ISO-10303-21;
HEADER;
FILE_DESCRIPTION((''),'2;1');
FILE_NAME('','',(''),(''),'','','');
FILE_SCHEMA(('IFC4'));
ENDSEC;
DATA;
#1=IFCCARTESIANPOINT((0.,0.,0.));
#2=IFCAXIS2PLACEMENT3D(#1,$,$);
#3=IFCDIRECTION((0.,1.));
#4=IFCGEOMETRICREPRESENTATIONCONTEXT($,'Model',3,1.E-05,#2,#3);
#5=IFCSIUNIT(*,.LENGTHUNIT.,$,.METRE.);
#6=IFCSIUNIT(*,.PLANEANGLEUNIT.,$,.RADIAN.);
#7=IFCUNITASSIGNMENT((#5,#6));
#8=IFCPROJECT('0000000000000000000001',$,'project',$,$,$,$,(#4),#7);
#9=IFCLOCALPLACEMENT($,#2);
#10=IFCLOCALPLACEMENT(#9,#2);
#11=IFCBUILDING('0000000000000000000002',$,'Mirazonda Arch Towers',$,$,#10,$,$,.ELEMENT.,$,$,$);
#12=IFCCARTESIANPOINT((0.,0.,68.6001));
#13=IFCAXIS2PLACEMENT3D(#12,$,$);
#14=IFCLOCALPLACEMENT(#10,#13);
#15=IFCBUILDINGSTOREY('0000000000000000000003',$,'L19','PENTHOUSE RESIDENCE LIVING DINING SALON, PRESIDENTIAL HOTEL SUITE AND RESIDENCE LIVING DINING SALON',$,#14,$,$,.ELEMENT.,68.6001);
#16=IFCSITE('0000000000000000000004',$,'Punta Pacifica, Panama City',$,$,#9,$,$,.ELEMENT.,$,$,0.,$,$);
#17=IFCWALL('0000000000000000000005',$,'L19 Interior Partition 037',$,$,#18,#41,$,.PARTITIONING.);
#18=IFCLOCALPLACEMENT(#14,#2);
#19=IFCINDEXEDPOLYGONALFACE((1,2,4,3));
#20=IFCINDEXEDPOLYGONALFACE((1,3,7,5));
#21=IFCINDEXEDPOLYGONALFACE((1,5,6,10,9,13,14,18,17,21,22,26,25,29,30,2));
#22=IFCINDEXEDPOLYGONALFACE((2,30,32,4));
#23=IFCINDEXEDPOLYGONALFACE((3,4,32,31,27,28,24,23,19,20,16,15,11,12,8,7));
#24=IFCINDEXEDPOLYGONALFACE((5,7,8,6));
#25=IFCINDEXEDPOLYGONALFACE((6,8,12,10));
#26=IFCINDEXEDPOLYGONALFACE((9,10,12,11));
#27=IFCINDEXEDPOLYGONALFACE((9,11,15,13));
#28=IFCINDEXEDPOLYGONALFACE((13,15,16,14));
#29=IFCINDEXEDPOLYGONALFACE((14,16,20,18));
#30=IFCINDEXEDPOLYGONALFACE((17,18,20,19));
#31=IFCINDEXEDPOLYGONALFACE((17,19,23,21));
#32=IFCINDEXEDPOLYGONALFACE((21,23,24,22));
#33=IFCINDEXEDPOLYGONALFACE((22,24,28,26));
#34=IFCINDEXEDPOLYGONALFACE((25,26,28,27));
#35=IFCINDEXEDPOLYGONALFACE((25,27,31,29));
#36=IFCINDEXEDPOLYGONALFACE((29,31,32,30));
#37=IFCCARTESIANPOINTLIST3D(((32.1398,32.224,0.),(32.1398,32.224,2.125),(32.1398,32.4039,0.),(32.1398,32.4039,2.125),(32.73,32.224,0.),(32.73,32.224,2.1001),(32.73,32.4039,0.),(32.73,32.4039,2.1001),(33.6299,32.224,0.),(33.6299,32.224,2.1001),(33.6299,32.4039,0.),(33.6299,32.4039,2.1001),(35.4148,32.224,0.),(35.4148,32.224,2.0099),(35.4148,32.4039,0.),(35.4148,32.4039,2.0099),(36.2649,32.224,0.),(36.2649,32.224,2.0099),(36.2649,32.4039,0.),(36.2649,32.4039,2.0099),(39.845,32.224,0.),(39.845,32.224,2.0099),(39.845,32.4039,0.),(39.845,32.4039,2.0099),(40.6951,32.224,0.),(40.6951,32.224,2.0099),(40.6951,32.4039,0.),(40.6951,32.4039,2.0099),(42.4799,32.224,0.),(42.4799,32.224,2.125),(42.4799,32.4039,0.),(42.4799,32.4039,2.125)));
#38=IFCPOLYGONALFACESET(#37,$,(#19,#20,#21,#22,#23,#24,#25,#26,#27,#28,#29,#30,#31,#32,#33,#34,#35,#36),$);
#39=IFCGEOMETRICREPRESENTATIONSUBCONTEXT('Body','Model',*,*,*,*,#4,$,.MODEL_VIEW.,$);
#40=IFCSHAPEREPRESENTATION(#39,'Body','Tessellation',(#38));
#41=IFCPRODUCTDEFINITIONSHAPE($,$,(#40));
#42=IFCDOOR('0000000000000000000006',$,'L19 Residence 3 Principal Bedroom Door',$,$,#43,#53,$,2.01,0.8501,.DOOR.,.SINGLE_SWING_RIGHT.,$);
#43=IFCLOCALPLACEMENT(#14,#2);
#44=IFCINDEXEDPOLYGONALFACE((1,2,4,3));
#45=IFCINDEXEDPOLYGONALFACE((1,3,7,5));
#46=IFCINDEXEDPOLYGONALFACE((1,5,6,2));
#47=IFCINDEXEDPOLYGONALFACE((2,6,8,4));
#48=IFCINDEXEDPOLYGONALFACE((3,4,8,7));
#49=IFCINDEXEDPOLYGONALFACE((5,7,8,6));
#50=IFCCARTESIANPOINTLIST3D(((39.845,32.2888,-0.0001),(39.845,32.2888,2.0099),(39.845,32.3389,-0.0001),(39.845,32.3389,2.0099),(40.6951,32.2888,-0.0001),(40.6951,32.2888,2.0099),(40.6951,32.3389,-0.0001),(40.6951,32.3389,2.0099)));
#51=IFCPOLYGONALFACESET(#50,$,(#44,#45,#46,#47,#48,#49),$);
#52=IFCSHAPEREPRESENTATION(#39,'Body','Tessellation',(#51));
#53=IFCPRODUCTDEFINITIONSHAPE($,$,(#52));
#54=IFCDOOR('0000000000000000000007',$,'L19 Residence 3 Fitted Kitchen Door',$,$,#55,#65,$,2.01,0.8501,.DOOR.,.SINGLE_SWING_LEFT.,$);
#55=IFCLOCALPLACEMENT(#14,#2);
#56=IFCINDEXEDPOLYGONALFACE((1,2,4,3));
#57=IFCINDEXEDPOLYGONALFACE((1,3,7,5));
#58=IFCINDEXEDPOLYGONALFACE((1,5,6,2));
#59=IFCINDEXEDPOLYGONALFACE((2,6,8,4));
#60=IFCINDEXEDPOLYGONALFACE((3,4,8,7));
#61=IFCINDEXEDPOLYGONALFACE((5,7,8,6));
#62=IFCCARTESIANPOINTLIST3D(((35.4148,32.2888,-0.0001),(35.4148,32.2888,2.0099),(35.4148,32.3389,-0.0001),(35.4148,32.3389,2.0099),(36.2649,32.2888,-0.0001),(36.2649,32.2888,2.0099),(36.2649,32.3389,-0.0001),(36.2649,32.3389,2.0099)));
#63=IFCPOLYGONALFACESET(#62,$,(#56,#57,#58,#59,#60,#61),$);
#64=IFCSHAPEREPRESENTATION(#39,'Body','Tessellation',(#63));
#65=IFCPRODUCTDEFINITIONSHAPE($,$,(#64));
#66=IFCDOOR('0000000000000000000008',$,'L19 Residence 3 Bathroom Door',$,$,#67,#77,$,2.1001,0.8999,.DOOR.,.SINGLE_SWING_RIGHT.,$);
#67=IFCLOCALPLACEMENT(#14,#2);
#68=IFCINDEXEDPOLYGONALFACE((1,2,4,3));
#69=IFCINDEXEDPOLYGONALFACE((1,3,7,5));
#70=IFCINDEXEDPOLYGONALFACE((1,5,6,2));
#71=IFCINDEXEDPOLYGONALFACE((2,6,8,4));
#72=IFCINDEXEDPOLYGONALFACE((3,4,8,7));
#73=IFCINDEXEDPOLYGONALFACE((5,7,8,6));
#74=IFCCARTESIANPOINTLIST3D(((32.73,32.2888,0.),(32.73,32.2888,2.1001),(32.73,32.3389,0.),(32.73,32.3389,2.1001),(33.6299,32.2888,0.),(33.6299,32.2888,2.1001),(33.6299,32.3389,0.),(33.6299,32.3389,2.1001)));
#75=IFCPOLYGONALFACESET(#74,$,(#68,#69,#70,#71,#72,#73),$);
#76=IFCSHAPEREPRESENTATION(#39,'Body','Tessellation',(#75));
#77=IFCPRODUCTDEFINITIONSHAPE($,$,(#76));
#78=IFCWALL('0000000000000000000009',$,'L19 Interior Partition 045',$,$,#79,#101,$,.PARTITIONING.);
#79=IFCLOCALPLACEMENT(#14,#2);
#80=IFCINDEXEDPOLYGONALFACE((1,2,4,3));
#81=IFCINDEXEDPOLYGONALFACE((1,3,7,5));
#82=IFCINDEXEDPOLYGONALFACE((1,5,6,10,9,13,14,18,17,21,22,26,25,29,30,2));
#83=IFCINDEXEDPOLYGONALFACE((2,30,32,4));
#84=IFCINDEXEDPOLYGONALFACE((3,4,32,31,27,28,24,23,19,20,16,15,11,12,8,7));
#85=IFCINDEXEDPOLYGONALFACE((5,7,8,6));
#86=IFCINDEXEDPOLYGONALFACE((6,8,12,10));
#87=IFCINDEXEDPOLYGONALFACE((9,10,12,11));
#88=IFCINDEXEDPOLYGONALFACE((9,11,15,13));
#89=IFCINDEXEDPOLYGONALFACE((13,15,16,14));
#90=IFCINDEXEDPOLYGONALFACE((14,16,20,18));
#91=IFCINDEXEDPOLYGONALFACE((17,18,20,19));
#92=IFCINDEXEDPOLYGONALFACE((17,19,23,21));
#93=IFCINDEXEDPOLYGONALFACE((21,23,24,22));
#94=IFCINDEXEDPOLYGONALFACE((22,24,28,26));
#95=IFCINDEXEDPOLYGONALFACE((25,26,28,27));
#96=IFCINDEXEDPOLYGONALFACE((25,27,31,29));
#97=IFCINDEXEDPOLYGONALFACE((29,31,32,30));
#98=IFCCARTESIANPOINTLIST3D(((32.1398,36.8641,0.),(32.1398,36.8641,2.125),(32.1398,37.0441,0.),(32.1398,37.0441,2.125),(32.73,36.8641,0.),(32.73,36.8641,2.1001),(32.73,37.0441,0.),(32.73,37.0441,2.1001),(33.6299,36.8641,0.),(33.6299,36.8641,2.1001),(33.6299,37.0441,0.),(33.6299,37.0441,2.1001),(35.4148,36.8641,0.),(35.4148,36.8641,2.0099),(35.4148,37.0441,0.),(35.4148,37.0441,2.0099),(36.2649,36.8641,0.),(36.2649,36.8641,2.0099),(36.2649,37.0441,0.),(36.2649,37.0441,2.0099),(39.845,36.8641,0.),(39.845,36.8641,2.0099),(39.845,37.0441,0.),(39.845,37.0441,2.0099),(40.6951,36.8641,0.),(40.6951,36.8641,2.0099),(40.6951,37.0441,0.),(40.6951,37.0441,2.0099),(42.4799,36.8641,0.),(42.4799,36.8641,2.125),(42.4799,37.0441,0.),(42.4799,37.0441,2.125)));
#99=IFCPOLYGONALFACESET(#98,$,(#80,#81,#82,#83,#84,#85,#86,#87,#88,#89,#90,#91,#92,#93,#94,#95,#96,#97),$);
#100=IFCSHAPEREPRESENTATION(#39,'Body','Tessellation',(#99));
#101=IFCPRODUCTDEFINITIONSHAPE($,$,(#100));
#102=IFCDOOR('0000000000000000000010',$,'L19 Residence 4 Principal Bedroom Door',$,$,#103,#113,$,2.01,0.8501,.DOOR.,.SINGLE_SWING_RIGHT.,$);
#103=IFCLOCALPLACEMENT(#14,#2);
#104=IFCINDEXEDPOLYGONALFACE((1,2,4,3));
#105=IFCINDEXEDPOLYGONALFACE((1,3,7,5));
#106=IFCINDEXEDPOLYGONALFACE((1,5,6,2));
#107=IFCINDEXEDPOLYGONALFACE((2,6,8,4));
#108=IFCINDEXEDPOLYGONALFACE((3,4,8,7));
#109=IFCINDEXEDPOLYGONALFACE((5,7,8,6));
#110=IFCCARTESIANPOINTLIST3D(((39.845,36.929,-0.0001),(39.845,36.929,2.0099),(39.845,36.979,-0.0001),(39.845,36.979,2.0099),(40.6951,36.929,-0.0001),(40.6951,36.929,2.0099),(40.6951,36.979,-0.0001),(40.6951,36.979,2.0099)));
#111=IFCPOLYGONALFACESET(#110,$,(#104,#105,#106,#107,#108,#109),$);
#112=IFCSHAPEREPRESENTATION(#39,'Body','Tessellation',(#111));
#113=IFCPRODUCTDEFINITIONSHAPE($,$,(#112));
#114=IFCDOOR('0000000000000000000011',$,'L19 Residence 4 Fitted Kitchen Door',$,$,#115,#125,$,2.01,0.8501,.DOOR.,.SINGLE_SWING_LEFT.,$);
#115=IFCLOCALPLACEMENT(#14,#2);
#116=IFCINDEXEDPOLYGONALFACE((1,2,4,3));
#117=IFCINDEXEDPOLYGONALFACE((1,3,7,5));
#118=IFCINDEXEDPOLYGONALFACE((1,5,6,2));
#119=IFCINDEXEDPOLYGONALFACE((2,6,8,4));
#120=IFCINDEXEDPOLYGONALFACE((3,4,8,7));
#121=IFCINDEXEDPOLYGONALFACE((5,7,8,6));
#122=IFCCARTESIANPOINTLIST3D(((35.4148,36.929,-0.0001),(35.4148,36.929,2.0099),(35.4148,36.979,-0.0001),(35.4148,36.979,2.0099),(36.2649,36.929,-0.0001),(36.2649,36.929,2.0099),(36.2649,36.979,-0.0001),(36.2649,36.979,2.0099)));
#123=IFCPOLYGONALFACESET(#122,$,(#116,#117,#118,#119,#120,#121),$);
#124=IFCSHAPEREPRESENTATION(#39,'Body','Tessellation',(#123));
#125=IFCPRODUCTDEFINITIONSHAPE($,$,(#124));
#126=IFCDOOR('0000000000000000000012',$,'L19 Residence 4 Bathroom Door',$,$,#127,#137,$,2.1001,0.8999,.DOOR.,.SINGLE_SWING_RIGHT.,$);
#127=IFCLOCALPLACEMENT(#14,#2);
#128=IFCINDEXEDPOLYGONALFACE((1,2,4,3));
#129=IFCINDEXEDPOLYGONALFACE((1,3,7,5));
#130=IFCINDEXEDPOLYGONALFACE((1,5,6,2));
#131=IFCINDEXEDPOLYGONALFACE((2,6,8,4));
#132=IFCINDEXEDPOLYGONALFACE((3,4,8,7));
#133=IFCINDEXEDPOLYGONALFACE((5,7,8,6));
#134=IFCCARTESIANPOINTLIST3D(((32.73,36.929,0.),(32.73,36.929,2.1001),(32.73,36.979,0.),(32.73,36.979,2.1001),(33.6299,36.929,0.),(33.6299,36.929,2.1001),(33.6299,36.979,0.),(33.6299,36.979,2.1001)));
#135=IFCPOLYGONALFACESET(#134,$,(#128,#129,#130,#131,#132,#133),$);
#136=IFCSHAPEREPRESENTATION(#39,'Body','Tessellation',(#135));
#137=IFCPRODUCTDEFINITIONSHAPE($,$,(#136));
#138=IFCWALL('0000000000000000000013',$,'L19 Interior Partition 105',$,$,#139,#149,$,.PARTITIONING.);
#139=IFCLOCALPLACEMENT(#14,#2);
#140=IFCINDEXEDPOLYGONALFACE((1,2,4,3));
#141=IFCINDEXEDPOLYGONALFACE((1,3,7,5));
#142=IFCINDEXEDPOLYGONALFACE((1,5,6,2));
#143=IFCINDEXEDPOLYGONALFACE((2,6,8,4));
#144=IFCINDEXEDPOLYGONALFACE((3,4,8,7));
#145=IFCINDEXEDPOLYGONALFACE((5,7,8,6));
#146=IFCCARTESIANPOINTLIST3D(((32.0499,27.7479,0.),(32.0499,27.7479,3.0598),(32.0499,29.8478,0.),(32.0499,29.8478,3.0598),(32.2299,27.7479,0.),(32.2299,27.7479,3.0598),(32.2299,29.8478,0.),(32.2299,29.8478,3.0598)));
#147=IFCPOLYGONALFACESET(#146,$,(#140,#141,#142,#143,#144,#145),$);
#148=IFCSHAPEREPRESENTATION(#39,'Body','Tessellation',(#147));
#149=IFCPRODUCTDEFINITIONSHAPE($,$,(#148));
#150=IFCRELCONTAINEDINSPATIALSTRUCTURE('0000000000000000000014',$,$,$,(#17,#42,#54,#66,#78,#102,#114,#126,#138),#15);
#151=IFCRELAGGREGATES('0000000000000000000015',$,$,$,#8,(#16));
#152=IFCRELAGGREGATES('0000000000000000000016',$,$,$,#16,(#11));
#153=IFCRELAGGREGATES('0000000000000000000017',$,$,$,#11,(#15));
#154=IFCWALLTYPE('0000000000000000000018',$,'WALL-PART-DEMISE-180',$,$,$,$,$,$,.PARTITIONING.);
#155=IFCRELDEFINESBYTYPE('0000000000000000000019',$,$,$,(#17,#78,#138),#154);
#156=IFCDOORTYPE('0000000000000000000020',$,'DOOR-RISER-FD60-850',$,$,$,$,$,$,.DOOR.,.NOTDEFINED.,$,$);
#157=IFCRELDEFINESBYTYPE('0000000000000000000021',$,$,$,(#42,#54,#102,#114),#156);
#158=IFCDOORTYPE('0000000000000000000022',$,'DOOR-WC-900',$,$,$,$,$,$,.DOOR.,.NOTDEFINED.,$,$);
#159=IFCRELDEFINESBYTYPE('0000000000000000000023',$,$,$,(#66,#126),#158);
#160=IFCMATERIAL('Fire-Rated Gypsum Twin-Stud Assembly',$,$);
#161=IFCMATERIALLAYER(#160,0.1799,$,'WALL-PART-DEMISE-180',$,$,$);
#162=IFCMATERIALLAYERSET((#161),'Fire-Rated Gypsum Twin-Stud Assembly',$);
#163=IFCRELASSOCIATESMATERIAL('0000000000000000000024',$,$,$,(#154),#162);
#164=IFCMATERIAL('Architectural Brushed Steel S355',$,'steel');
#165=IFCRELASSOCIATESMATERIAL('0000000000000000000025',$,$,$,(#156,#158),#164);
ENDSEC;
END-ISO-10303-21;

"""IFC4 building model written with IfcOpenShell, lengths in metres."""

from ifc_helpers import new_model, si_unit, direction, frame, frame_2d, origin, place, context, subcontext, project, spatial, rectangle, extrude, material, layer, layer_set, type_object, element, fill, save


model = new_model("IFC4")

# Units and contexts
model_context = context("Model", 3, precision=1e-05, world=origin(), true_north=direction((0.0, 1.0)))
body_context = subcontext(model_context, "Body", "Model", "MODEL_VIEW")
ifc_project = project(units=[si_unit("LENGTHUNIT", "METRE"), si_unit("PLANEANGLEUNIT", "RADIAN")], contexts=[model_context])

# Site, building, storey
site_placement = place(None, origin())
site = spatial("IfcSite", under=ifc_project, at=site_placement, Name="Punta Pacifica, Panama City", CompositionType="ELEMENT", RefElevation=0.0)
building_placement = place(site_placement, origin())
building = spatial("IfcBuilding", under=site, at=building_placement, Name="Mirazonda Arch Towers", CompositionType="ELEMENT")
storey_placement = place(building_placement, frame((0.0, 0.0, 68.6001)))
storey = spatial("IfcBuildingStorey", under=building, at=storey_placement, Name="L19", Description="PENTHOUSE RESIDENCE LIVING DINING SALON, PRESIDENTIAL HOTEL SUITE AND RESIDENCE LIVING DINING SALON", CompositionType="ELEMENT", Elevation=68.6001)

# Shared definitions
ifc_material_1 = material(Name="Fire-Rated Gypsum Twin-Stud Assembly")
ifc_layer_1 = layer(ifc_material_1, 0.1799, Name="WALL-PART-DEMISE-180")
ifc_layer_set_1 = layer_set([ifc_layer_1], Name="Fire-Rated Gypsum Twin-Stud Assembly")
wall_type_1 = type_object("IfcWallType", Name="WALL-PART-DEMISE-180", PredefinedType="PARTITIONING", material=ifc_layer_set_1)
ifc_material_2 = material(Name="Architectural Brushed Steel S355", Category="steel")
door_type_1 = type_object("IfcDoorType", Name="DOOR-RISER-FD60-850", OperationType="NOTDEFINED", PredefinedType="DOOR", material=ifc_material_2)
door_type_2 = type_object("IfcDoorType", Name="DOOR-WC-900", OperationType="NOTDEFINED", PredefinedType="DOOR", material=ifc_material_2)

# Walls, openings, doors
wall_1_placement = place(storey_placement, frame((32.1399, 32.314, 0.0), z_axis=(0.0, 0.0, 1.0), x_axis=(1.0, 0.0, 0.0)))
wall_1 = element("IfcWall", 1, at=wall_1_placement, inside=storey, type_object=wall_type_1, Name="L19 Interior Partition 037", PredefinedType="PARTITIONING", context=body_context, shape_type="SweptSolid", body=[
    extrude(rectangle(XDim=10.3401, YDim=0.1799, at=frame_2d((5.1699, 0.0))), origin(), (0.0, 0.0, 1.0), 2.125),
])
opening_1_placement = place(wall_1_placement, frame((7.7051, 0.0, 0.0)))
opening_1 = element("IfcOpeningElement", 2, at=opening_1_placement, cuts=wall_1, PredefinedType="OPENING", context=body_context, shape_type="SweptSolid", body=[
    extrude(rectangle(XDim=0.8501, YDim=2.01, at=frame_2d((0.425, 1.0049))), frame((0.0, 0.0999, 0.0), z_axis=(0.0, -1.0, 0.0), x_axis=(1.0, 0.0, 0.0)), (0.0, 0.0, 1.0), 0.2),
])
opening_2_placement = place(wall_1_placement, frame((3.2749, 0.0, 0.0)))
opening_2 = element("IfcOpeningElement", 3, at=opening_2_placement, cuts=wall_1, PredefinedType="OPENING", context=body_context, shape_type="SweptSolid", body=[
    extrude(rectangle(XDim=0.8501, YDim=2.01, at=frame_2d((0.425, 1.0049))), frame((0.0, 0.0999, 0.0), z_axis=(0.0, -1.0, 0.0), x_axis=(1.0, 0.0, 0.0)), (0.0, 0.0, 1.0), 0.2),
])
opening_3_placement = place(wall_1_placement, frame((0.5901, 0.0, 0.0)))
opening_3 = element("IfcOpeningElement", 4, at=opening_3_placement, cuts=wall_1, PredefinedType="OPENING", context=body_context, shape_type="SweptSolid", body=[
    extrude(rectangle(XDim=0.8999, YDim=2.1001, at=frame_2d((0.45, 1.05))), frame((0.0, 0.0999, 0.0), z_axis=(0.0, -1.0, 0.0), x_axis=(1.0, 0.0, 0.0)), (0.0, 0.0, 1.0), 0.2),
])
door_1_placement = place(opening_1_placement, origin())
door_1 = element("IfcDoor", 5, at=door_1_placement, inside=storey, type_object=door_type_1, Name="L19 Residence 3 Principal Bedroom Door", OperationType="SINGLE_SWING_RIGHT", OverallHeight=2.01, OverallWidth=0.8501, PredefinedType="DOOR", context=body_context, shape_type="SweptSolid", body=[
    extrude(rectangle(XDim=0.8501, YDim=2.01, at=frame_2d((0.425, 1.0049))), frame((0.0, 0.0249, 0.0), z_axis=(0.0, -1.0, 0.0), x_axis=(1.0, 0.0, 0.0)), (0.0, 0.0, 1.0), 0.05),
])
fill(opening_1, door_1)
door_2_placement = place(opening_2_placement, origin())
door_2 = element("IfcDoor", 6, at=door_2_placement, inside=storey, type_object=door_type_1, Name="L19 Residence 3 Fitted Kitchen Door", OperationType="SINGLE_SWING_LEFT", OverallHeight=2.01, OverallWidth=0.8501, PredefinedType="DOOR", context=body_context, shape_type="SweptSolid", body=[
    extrude(rectangle(XDim=0.8501, YDim=2.01, at=frame_2d((0.425, 1.0049))), frame((0.0, 0.0249, 0.0), z_axis=(0.0, -1.0, 0.0), x_axis=(1.0, 0.0, 0.0)), (0.0, 0.0, 1.0), 0.05),
])
fill(opening_2, door_2)
door_3_placement = place(opening_3_placement, origin())
door_3 = element("IfcDoor", 7, at=door_3_placement, inside=storey, type_object=door_type_2, Name="L19 Residence 3 Bathroom Door", OperationType="SINGLE_SWING_RIGHT", OverallHeight=2.1001, OverallWidth=0.8999, PredefinedType="DOOR", context=body_context, shape_type="SweptSolid", body=[
    extrude(rectangle(XDim=0.8999, YDim=2.1001, at=frame_2d((0.45, 1.05))), frame((0.0, 0.0249, 0.0), z_axis=(0.0, -1.0, 0.0), x_axis=(1.0, 0.0, 0.0)), (0.0, 0.0, 1.0), 0.05),
])
fill(opening_3, door_3)
wall_2_placement = place(storey_placement, frame((32.1399, 36.9541, 0.0), z_axis=(0.0, 0.0, 1.0), x_axis=(1.0, 0.0, 0.0)))
wall_2 = element("IfcWall", 8, at=wall_2_placement, inside=storey, type_object=wall_type_1, Name="L19 Interior Partition 045", PredefinedType="PARTITIONING", context=body_context, shape_type="SweptSolid", body=[
    extrude(rectangle(XDim=10.3401, YDim=0.1799, at=frame_2d((5.1699, 0.0))), origin(), (0.0, 0.0, 1.0), 2.125),
])
opening_4_placement = place(wall_2_placement, frame((7.7051, 0.0, 0.0)))
opening_4 = element("IfcOpeningElement", 9, at=opening_4_placement, cuts=wall_2, PredefinedType="OPENING", context=body_context, shape_type="SweptSolid", body=[
    extrude(rectangle(XDim=0.8501, YDim=2.01, at=frame_2d((0.425, 1.0049))), frame((0.0, 0.0999, 0.0), z_axis=(0.0, -1.0, 0.0), x_axis=(1.0, 0.0, 0.0)), (0.0, 0.0, 1.0), 0.2),
])
opening_5_placement = place(wall_2_placement, frame((3.2749, 0.0, 0.0)))
opening_5 = element("IfcOpeningElement", 10, at=opening_5_placement, cuts=wall_2, PredefinedType="OPENING", context=body_context, shape_type="SweptSolid", body=[
    extrude(rectangle(XDim=0.8501, YDim=2.01, at=frame_2d((0.425, 1.0049))), frame((0.0, 0.0999, 0.0), z_axis=(0.0, -1.0, 0.0), x_axis=(1.0, 0.0, 0.0)), (0.0, 0.0, 1.0), 0.2),
])
opening_6_placement = place(wall_2_placement, frame((0.5901, 0.0, 0.0)))
opening_6 = element("IfcOpeningElement", 11, at=opening_6_placement, cuts=wall_2, PredefinedType="OPENING", context=body_context, shape_type="SweptSolid", body=[
    extrude(rectangle(XDim=0.8999, YDim=2.1001, at=frame_2d((0.45, 1.05))), frame((0.0, 0.0999, 0.0), z_axis=(0.0, -1.0, 0.0), x_axis=(1.0, 0.0, 0.0)), (0.0, 0.0, 1.0), 0.2),
])
door_4_placement = place(opening_4_placement, origin())
door_4 = element("IfcDoor", 12, at=door_4_placement, inside=storey, type_object=door_type_1, Name="L19 Residence 4 Principal Bedroom Door", OperationType="SINGLE_SWING_RIGHT", OverallHeight=2.01, OverallWidth=0.8501, PredefinedType="DOOR", context=body_context, shape_type="SweptSolid", body=[
    extrude(rectangle(XDim=0.8501, YDim=2.01, at=frame_2d((0.425, 1.0049))), frame((0.0, 0.0249, 0.0), z_axis=(0.0, -1.0, 0.0), x_axis=(1.0, 0.0, 0.0)), (0.0, 0.0, 1.0), 0.05),
])
fill(opening_4, door_4)
door_5_placement = place(opening_5_placement, origin())
door_5 = element("IfcDoor", 13, at=door_5_placement, inside=storey, type_object=door_type_1, Name="L19 Residence 4 Fitted Kitchen Door", OperationType="SINGLE_SWING_LEFT", OverallHeight=2.01, OverallWidth=0.8501, PredefinedType="DOOR", context=body_context, shape_type="SweptSolid", body=[
    extrude(rectangle(XDim=0.8501, YDim=2.01, at=frame_2d((0.425, 1.0049))), frame((0.0, 0.0249, 0.0), z_axis=(0.0, -1.0, 0.0), x_axis=(1.0, 0.0, 0.0)), (0.0, 0.0, 1.0), 0.05),
])
fill(opening_5, door_5)
door_6_placement = place(opening_6_placement, origin())
door_6 = element("IfcDoor", 14, at=door_6_placement, inside=storey, type_object=door_type_2, Name="L19 Residence 4 Bathroom Door", OperationType="SINGLE_SWING_RIGHT", OverallHeight=2.1001, OverallWidth=0.8999, PredefinedType="DOOR", context=body_context, shape_type="SweptSolid", body=[
    extrude(rectangle(XDim=0.8999, YDim=2.1001, at=frame_2d((0.45, 1.05))), frame((0.0, 0.0249, 0.0), z_axis=(0.0, -1.0, 0.0), x_axis=(1.0, 0.0, 0.0)), (0.0, 0.0, 1.0), 0.05),
])
fill(opening_6, door_6)

# Wall
wall_3_placement = place(storey_placement, frame((32.1399, 27.748, 0.0), z_axis=(0.0, 0.0, 1.0), x_axis=(0.0, 1.0, 0.0)))
element("IfcWall", 15, at=wall_3_placement, inside=storey, type_object=wall_type_1, Name="L19 Interior Partition 105", PredefinedType="PARTITIONING", context=body_context, shape_type="SweptSolid", body=[
    extrude(rectangle(XDim=2.0999, YDim=0.1799, at=frame_2d((1.0498, 0.0))), origin(), (0.0, 0.0, 1.0), 3.0598),
])

save(model, "model.ifc")
